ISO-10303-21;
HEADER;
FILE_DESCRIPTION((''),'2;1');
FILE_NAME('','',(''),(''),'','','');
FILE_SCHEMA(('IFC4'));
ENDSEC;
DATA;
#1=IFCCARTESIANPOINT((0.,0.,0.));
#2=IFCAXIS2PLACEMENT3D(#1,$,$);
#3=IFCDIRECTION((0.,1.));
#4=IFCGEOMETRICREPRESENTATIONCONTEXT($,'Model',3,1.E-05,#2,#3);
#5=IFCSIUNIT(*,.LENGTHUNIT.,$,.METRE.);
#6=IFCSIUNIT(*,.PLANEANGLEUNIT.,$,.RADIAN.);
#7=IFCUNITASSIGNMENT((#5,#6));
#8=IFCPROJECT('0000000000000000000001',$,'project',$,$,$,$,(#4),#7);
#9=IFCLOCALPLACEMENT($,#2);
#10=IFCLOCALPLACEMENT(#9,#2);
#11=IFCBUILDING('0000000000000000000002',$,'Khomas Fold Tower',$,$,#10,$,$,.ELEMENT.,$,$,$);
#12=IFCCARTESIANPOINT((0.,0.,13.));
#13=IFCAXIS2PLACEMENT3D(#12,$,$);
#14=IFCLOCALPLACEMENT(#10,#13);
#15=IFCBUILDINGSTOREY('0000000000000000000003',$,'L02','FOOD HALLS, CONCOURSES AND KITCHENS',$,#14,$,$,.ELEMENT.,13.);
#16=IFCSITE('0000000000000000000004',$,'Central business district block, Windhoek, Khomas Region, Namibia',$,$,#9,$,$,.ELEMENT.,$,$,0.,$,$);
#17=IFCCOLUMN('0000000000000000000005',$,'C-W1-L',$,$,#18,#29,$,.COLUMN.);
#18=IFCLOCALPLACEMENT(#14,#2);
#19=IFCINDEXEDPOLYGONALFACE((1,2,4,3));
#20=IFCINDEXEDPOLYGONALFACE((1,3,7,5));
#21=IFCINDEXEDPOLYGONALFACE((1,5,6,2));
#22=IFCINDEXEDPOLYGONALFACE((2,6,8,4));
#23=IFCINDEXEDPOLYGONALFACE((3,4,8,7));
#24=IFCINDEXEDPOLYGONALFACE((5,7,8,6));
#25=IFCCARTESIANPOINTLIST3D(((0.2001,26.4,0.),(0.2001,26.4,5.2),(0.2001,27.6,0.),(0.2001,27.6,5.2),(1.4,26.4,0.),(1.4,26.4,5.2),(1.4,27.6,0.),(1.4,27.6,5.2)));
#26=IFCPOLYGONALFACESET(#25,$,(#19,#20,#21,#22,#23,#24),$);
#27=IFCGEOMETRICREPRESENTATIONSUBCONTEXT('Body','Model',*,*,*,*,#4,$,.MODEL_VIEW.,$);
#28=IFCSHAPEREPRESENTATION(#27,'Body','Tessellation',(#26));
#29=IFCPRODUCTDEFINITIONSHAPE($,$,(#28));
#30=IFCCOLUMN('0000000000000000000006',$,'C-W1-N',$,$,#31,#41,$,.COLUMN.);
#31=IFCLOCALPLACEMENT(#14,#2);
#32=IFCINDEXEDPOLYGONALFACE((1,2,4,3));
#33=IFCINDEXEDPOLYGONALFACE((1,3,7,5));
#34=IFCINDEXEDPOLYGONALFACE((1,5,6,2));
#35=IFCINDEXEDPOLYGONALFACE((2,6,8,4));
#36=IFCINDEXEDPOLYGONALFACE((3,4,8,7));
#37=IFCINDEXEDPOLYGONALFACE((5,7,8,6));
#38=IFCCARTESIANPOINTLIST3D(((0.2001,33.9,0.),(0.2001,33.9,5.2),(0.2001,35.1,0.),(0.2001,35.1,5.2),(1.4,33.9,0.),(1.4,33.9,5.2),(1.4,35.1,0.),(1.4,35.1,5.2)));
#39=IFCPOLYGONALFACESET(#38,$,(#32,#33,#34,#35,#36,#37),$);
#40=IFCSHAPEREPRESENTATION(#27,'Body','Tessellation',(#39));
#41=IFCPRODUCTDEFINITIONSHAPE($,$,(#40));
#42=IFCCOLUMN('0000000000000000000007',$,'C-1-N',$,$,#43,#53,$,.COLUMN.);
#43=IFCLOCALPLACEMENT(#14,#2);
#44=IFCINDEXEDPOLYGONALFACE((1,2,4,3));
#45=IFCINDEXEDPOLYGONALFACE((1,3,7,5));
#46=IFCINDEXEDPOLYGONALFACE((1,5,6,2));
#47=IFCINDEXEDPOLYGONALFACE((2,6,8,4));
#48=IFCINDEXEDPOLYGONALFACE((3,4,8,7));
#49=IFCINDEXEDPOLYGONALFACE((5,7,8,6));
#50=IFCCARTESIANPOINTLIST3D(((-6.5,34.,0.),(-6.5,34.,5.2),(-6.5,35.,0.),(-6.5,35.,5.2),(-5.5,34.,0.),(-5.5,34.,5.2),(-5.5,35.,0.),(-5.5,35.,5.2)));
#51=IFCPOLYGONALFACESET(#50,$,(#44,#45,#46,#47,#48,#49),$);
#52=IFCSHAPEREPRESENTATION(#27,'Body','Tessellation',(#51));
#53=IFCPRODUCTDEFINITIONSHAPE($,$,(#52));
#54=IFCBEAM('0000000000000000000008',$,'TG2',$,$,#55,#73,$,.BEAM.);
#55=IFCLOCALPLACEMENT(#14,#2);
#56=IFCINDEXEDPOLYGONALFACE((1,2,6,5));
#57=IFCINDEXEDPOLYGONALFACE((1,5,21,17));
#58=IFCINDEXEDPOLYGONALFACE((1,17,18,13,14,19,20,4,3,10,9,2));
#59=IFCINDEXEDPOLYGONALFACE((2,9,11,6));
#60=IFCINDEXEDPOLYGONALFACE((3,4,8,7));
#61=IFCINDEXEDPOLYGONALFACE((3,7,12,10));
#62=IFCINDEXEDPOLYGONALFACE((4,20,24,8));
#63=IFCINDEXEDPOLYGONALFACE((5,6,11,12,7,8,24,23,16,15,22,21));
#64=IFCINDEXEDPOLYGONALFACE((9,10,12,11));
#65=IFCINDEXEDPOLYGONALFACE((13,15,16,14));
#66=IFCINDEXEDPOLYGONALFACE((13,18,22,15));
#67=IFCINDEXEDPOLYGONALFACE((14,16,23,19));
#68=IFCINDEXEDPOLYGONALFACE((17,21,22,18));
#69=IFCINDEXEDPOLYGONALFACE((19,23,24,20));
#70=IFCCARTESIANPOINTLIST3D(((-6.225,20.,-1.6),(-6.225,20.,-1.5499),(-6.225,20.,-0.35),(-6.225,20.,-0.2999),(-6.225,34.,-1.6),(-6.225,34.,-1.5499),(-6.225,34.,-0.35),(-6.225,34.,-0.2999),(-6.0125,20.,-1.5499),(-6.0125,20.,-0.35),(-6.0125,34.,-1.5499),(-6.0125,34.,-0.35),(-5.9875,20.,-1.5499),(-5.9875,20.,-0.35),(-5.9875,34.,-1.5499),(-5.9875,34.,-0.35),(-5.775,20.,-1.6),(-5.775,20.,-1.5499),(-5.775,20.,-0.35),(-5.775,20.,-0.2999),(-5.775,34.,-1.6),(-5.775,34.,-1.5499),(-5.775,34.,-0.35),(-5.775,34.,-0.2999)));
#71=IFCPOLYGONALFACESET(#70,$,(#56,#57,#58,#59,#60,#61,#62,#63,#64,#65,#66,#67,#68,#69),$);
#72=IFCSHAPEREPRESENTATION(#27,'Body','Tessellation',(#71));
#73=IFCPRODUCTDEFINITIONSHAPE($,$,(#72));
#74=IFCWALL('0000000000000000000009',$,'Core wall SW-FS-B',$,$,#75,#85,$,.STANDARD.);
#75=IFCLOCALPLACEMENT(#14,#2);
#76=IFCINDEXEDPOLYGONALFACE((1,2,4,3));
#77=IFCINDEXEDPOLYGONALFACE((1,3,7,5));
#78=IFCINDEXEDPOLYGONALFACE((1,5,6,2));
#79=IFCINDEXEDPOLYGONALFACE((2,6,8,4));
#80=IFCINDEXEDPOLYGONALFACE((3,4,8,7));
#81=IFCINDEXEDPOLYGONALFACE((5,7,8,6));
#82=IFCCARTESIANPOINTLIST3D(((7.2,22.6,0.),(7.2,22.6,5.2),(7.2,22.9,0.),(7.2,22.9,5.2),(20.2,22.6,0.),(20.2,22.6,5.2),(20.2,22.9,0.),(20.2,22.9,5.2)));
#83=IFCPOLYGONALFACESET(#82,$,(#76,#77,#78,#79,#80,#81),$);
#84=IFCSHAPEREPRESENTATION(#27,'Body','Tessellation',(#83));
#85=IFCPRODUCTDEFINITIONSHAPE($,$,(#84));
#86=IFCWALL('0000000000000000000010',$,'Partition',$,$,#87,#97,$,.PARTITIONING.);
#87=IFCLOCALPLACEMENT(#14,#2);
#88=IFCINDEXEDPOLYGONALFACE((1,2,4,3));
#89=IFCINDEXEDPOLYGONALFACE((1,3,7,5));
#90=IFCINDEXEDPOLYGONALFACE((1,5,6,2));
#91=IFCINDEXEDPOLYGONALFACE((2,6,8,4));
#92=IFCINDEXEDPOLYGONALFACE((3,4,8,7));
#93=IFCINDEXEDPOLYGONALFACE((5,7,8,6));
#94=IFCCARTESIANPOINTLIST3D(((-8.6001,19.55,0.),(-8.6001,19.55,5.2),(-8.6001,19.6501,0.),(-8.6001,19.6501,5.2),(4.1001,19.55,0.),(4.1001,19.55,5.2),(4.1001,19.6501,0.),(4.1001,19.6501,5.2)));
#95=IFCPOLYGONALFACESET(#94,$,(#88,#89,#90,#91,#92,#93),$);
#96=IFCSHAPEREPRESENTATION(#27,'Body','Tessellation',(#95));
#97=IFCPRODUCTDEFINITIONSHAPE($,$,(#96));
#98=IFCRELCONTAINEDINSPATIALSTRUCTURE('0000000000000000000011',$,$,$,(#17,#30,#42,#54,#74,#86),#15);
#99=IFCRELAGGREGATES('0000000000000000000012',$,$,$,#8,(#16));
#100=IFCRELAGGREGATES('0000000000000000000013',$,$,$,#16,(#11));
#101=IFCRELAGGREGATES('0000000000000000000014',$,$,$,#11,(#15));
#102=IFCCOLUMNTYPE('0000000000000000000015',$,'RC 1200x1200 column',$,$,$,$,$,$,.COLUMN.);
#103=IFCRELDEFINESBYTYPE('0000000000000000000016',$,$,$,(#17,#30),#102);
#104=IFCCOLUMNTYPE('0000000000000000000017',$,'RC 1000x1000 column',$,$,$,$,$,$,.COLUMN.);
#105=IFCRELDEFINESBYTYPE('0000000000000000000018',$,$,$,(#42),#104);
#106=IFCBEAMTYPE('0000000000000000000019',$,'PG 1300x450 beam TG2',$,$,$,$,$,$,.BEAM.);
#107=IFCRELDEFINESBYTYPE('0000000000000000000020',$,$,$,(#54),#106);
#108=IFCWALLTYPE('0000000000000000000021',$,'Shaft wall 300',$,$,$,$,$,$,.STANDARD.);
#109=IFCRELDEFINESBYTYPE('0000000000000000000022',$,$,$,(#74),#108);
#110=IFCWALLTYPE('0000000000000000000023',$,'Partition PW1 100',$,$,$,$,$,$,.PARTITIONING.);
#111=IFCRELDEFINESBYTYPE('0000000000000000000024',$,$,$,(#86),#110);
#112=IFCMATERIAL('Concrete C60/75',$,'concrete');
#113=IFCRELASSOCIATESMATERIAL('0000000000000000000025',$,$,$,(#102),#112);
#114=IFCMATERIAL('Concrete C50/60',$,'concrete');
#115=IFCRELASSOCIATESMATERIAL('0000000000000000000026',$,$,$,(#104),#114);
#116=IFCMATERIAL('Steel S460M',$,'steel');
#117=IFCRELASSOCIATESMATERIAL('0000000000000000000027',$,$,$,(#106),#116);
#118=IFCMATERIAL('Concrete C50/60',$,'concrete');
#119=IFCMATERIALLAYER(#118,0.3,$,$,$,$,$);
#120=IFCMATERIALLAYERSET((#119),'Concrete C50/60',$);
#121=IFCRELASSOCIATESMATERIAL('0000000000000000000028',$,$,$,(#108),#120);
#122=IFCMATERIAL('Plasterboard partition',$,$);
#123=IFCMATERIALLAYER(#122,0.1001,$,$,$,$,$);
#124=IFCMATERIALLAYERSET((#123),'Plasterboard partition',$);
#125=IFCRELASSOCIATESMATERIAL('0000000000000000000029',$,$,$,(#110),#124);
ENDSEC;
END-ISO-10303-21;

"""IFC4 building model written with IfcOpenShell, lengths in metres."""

from ifc_helpers import new_model, si_unit, direction, frame, frame_2d, origin, origin_2d, place, context, subcontext, project, spatial, rectangle, i_section, extrude, source, transform, mapped, material, layer, layer_set, material_profile, profile_set, type_object, element, save


model = new_model("IFC4")

# Units and contexts
model_context = context("Model", 3, precision=1e-05, world=origin(), true_north=direction((0.0, 1.0)))
body_context = subcontext(model_context, "Body", "Model", "MODEL_VIEW")
ifc_project = project(units=[si_unit("LENGTHUNIT", "METRE"), si_unit("PLANEANGLEUNIT", "RADIAN")], contexts=[model_context])

# Site, building, storey
site_placement = place(None, origin())
site = spatial("IfcSite", under=ifc_project, at=site_placement, Name="Central business district block, Windhoek, Khomas Region, Namibia", CompositionType="ELEMENT", RefElevation=0.0)
building_placement = place(site_placement, origin())
building = spatial("IfcBuilding", under=site, at=building_placement, Name="Khomas Fold Tower", CompositionType="ELEMENT")
storey_placement = place(building_placement, frame((0.0, 0.0, 13.0)))
storey = spatial("IfcBuildingStorey", under=building, at=storey_placement, Name="L02", Description="FOOD HALLS, CONCOURSES AND KITCHENS", CompositionType="ELEMENT", Elevation=13.0)

# Columns
ifc_material_1 = material(Name="Concrete C60/75", Category="concrete")
ifc_material_profile_1 = material_profile(ifc_material_1, rectangle(XDim=1.2, YDim=1.2, at=origin_2d()), Name="RC 1200x1200")
ifc_profile_set_1 = profile_set([ifc_material_profile_1], Name="Concrete C60/75")
column_type_1 = type_object("IfcColumnType", Name="RC 1200x1200 column", PredefinedType="COLUMN", material=ifc_profile_set_1)
shared_shape_1 = source(origin(), body_context, "Body", "SweptSolid", [
    extrude(rectangle(XDim=1.2, YDim=1.2, at=origin_2d()), origin(), (0.0, 0.0, 1.0), 5.2),
])
for number, where, z_axis, x_axis, name in (
    (1, (0.8, 27.0, 0.0), (0.0, 0.0, 1.0), (1.0, 0.0, 0.0), "C-W1-L"),
    (2, (0.8, 34.5, 0.0), (0.0, 0.0, 1.0), (1.0, 0.0, 0.0), "C-W1-N"),
):
    element("IfcColumn", number, at=place(storey_placement, frame(where, z_axis=z_axis, x_axis=x_axis)), inside=storey, type_object=column_type_1, Name=name, PredefinedType="COLUMN", context=body_context, shape_type="MappedRepresentation", body=[
        mapped(shared_shape_1, transform((0.0, 0.0, 0.0))),
    ])
ifc_material_2 = material(Name="Concrete C50/60", Category="concrete")
ifc_material_profile_2 = material_profile(ifc_material_2, rectangle(XDim=1.0, YDim=1.0, at=origin_2d()), Name="RC 1000x1000")
ifc_profile_set_2 = profile_set([ifc_material_profile_2], Name="Concrete C50/60")
column_type_2 = type_object("IfcColumnType", Name="RC 1000x1000 column", PredefinedType="COLUMN", material=ifc_profile_set_2)
shared_shape_2 = source(origin(), body_context, "Body", "SweptSolid", [
    extrude(rectangle(XDim=1.0, YDim=1.0, at=origin_2d()), origin(), (0.0, 0.0, 1.0), 5.2),
])
column_placement = place(storey_placement, frame((-6.0, 34.5, 0.0), z_axis=(0.0, 0.0, 1.0), x_axis=(1.0, 0.0, 0.0)))
element("IfcColumn", 3, at=column_placement, inside=storey, type_object=column_type_2, Name="C-1-N", PredefinedType="COLUMN", context=body_context, shape_type="MappedRepresentation", body=[
    mapped(shared_shape_2, transform((0.0, 0.0, 0.0))),
])

# Beam
ifc_material_3 = material(Name="Steel S460M", Category="steel")
ifc_material_profile_3 = material_profile(ifc_material_3, i_section(OverallWidth=0.45, OverallDepth=1.3, WebThickness=0.0249, FlangeThickness=0.05, at=origin_2d()), Name="PG 1300x450")
ifc_profile_set_3 = profile_set([ifc_material_profile_3], Name="Steel S460M")
beam_type = type_object("IfcBeamType", Name="PG 1300x450 beam TG2", PredefinedType="BEAM", material=ifc_profile_set_3)
shared_shape_3 = source(origin(), body_context, "Body", "SweptSolid", [
    extrude(i_section(OverallWidth=0.45, OverallDepth=1.3, WebThickness=0.0249, FlangeThickness=0.05, at=origin_2d()), origin(), (0.0, 0.0, 1.0), 14.0),
])
beam_placement = place(storey_placement, frame((-6.0, 20.0, -0.95), z_axis=(0.0, 1.0, 0.0), x_axis=(-1.0, 0.0, 0.0)))
element("IfcBeam", 4, at=beam_placement, inside=storey, type_object=beam_type, Name="TG2", PredefinedType="BEAM", context=body_context, shape_type="MappedRepresentation", body=[
    mapped(shared_shape_3, transform((0.0, 0.0, 0.0))),
])

# Walls
ifc_material_4 = material(Name="Concrete C50/60", Category="concrete")
ifc_layer_1 = layer(ifc_material_4, 0.3)
ifc_layer_set_1 = layer_set([ifc_layer_1], Name="Concrete C50/60")
wall_type_1 = type_object("IfcWallType", Name="Shaft wall 300", PredefinedType="STANDARD", material=ifc_layer_set_1)
shared_shape_4 = source(origin(), body_context, "Body", "SweptSolid", [
    extrude(rectangle(XDim=13.0, YDim=0.3, at=frame_2d((6.5, 0.0))), origin(), (0.0, 0.0, 1.0), 5.2),
])
wall_1_placement = place(storey_placement, frame((7.2, 22.75, 0.0), z_axis=(0.0, 0.0, 1.0), x_axis=(1.0, 0.0, 0.0)))
element("IfcWall", 5, at=wall_1_placement, inside=storey, type_object=wall_type_1, Name="Core wall SW-FS-B", PredefinedType="STANDARD", context=body_context, shape_type="MappedRepresentation", body=[
    mapped(shared_shape_4, transform((0.0, 0.0, 0.0))),
])
ifc_material_5 = material(Name="Plasterboard partition")
ifc_layer_2 = layer(ifc_material_5, 0.1001)
ifc_layer_set_2 = layer_set([ifc_layer_2], Name="Plasterboard partition")
wall_type_2 = type_object("IfcWallType", Name="Partition PW1 100", PredefinedType="PARTITIONING", material=ifc_layer_set_2)
shared_shape_5 = source(origin(), body_context, "Body", "SweptSolid", [
    extrude(rectangle(XDim=12.7002, YDim=0.1001, at=frame_2d((6.3501, 0.0))), origin(), (0.0, 0.0, 1.0), 5.2),
])
wall_2_placement = place(storey_placement, frame((-8.6001, 19.6001, 0.0), z_axis=(0.0, 0.0, 1.0), x_axis=(1.0, 0.0, 0.0)))
element("IfcWall", 6, at=wall_2_placement, inside=storey, type_object=wall_type_2, Name="Partition", PredefinedType="PARTITIONING", context=body_context, shape_type="MappedRepresentation", body=[
    mapped(shared_shape_5, transform((0.0, 0.0, 0.0))),
])

save(model, "model.ifc")
